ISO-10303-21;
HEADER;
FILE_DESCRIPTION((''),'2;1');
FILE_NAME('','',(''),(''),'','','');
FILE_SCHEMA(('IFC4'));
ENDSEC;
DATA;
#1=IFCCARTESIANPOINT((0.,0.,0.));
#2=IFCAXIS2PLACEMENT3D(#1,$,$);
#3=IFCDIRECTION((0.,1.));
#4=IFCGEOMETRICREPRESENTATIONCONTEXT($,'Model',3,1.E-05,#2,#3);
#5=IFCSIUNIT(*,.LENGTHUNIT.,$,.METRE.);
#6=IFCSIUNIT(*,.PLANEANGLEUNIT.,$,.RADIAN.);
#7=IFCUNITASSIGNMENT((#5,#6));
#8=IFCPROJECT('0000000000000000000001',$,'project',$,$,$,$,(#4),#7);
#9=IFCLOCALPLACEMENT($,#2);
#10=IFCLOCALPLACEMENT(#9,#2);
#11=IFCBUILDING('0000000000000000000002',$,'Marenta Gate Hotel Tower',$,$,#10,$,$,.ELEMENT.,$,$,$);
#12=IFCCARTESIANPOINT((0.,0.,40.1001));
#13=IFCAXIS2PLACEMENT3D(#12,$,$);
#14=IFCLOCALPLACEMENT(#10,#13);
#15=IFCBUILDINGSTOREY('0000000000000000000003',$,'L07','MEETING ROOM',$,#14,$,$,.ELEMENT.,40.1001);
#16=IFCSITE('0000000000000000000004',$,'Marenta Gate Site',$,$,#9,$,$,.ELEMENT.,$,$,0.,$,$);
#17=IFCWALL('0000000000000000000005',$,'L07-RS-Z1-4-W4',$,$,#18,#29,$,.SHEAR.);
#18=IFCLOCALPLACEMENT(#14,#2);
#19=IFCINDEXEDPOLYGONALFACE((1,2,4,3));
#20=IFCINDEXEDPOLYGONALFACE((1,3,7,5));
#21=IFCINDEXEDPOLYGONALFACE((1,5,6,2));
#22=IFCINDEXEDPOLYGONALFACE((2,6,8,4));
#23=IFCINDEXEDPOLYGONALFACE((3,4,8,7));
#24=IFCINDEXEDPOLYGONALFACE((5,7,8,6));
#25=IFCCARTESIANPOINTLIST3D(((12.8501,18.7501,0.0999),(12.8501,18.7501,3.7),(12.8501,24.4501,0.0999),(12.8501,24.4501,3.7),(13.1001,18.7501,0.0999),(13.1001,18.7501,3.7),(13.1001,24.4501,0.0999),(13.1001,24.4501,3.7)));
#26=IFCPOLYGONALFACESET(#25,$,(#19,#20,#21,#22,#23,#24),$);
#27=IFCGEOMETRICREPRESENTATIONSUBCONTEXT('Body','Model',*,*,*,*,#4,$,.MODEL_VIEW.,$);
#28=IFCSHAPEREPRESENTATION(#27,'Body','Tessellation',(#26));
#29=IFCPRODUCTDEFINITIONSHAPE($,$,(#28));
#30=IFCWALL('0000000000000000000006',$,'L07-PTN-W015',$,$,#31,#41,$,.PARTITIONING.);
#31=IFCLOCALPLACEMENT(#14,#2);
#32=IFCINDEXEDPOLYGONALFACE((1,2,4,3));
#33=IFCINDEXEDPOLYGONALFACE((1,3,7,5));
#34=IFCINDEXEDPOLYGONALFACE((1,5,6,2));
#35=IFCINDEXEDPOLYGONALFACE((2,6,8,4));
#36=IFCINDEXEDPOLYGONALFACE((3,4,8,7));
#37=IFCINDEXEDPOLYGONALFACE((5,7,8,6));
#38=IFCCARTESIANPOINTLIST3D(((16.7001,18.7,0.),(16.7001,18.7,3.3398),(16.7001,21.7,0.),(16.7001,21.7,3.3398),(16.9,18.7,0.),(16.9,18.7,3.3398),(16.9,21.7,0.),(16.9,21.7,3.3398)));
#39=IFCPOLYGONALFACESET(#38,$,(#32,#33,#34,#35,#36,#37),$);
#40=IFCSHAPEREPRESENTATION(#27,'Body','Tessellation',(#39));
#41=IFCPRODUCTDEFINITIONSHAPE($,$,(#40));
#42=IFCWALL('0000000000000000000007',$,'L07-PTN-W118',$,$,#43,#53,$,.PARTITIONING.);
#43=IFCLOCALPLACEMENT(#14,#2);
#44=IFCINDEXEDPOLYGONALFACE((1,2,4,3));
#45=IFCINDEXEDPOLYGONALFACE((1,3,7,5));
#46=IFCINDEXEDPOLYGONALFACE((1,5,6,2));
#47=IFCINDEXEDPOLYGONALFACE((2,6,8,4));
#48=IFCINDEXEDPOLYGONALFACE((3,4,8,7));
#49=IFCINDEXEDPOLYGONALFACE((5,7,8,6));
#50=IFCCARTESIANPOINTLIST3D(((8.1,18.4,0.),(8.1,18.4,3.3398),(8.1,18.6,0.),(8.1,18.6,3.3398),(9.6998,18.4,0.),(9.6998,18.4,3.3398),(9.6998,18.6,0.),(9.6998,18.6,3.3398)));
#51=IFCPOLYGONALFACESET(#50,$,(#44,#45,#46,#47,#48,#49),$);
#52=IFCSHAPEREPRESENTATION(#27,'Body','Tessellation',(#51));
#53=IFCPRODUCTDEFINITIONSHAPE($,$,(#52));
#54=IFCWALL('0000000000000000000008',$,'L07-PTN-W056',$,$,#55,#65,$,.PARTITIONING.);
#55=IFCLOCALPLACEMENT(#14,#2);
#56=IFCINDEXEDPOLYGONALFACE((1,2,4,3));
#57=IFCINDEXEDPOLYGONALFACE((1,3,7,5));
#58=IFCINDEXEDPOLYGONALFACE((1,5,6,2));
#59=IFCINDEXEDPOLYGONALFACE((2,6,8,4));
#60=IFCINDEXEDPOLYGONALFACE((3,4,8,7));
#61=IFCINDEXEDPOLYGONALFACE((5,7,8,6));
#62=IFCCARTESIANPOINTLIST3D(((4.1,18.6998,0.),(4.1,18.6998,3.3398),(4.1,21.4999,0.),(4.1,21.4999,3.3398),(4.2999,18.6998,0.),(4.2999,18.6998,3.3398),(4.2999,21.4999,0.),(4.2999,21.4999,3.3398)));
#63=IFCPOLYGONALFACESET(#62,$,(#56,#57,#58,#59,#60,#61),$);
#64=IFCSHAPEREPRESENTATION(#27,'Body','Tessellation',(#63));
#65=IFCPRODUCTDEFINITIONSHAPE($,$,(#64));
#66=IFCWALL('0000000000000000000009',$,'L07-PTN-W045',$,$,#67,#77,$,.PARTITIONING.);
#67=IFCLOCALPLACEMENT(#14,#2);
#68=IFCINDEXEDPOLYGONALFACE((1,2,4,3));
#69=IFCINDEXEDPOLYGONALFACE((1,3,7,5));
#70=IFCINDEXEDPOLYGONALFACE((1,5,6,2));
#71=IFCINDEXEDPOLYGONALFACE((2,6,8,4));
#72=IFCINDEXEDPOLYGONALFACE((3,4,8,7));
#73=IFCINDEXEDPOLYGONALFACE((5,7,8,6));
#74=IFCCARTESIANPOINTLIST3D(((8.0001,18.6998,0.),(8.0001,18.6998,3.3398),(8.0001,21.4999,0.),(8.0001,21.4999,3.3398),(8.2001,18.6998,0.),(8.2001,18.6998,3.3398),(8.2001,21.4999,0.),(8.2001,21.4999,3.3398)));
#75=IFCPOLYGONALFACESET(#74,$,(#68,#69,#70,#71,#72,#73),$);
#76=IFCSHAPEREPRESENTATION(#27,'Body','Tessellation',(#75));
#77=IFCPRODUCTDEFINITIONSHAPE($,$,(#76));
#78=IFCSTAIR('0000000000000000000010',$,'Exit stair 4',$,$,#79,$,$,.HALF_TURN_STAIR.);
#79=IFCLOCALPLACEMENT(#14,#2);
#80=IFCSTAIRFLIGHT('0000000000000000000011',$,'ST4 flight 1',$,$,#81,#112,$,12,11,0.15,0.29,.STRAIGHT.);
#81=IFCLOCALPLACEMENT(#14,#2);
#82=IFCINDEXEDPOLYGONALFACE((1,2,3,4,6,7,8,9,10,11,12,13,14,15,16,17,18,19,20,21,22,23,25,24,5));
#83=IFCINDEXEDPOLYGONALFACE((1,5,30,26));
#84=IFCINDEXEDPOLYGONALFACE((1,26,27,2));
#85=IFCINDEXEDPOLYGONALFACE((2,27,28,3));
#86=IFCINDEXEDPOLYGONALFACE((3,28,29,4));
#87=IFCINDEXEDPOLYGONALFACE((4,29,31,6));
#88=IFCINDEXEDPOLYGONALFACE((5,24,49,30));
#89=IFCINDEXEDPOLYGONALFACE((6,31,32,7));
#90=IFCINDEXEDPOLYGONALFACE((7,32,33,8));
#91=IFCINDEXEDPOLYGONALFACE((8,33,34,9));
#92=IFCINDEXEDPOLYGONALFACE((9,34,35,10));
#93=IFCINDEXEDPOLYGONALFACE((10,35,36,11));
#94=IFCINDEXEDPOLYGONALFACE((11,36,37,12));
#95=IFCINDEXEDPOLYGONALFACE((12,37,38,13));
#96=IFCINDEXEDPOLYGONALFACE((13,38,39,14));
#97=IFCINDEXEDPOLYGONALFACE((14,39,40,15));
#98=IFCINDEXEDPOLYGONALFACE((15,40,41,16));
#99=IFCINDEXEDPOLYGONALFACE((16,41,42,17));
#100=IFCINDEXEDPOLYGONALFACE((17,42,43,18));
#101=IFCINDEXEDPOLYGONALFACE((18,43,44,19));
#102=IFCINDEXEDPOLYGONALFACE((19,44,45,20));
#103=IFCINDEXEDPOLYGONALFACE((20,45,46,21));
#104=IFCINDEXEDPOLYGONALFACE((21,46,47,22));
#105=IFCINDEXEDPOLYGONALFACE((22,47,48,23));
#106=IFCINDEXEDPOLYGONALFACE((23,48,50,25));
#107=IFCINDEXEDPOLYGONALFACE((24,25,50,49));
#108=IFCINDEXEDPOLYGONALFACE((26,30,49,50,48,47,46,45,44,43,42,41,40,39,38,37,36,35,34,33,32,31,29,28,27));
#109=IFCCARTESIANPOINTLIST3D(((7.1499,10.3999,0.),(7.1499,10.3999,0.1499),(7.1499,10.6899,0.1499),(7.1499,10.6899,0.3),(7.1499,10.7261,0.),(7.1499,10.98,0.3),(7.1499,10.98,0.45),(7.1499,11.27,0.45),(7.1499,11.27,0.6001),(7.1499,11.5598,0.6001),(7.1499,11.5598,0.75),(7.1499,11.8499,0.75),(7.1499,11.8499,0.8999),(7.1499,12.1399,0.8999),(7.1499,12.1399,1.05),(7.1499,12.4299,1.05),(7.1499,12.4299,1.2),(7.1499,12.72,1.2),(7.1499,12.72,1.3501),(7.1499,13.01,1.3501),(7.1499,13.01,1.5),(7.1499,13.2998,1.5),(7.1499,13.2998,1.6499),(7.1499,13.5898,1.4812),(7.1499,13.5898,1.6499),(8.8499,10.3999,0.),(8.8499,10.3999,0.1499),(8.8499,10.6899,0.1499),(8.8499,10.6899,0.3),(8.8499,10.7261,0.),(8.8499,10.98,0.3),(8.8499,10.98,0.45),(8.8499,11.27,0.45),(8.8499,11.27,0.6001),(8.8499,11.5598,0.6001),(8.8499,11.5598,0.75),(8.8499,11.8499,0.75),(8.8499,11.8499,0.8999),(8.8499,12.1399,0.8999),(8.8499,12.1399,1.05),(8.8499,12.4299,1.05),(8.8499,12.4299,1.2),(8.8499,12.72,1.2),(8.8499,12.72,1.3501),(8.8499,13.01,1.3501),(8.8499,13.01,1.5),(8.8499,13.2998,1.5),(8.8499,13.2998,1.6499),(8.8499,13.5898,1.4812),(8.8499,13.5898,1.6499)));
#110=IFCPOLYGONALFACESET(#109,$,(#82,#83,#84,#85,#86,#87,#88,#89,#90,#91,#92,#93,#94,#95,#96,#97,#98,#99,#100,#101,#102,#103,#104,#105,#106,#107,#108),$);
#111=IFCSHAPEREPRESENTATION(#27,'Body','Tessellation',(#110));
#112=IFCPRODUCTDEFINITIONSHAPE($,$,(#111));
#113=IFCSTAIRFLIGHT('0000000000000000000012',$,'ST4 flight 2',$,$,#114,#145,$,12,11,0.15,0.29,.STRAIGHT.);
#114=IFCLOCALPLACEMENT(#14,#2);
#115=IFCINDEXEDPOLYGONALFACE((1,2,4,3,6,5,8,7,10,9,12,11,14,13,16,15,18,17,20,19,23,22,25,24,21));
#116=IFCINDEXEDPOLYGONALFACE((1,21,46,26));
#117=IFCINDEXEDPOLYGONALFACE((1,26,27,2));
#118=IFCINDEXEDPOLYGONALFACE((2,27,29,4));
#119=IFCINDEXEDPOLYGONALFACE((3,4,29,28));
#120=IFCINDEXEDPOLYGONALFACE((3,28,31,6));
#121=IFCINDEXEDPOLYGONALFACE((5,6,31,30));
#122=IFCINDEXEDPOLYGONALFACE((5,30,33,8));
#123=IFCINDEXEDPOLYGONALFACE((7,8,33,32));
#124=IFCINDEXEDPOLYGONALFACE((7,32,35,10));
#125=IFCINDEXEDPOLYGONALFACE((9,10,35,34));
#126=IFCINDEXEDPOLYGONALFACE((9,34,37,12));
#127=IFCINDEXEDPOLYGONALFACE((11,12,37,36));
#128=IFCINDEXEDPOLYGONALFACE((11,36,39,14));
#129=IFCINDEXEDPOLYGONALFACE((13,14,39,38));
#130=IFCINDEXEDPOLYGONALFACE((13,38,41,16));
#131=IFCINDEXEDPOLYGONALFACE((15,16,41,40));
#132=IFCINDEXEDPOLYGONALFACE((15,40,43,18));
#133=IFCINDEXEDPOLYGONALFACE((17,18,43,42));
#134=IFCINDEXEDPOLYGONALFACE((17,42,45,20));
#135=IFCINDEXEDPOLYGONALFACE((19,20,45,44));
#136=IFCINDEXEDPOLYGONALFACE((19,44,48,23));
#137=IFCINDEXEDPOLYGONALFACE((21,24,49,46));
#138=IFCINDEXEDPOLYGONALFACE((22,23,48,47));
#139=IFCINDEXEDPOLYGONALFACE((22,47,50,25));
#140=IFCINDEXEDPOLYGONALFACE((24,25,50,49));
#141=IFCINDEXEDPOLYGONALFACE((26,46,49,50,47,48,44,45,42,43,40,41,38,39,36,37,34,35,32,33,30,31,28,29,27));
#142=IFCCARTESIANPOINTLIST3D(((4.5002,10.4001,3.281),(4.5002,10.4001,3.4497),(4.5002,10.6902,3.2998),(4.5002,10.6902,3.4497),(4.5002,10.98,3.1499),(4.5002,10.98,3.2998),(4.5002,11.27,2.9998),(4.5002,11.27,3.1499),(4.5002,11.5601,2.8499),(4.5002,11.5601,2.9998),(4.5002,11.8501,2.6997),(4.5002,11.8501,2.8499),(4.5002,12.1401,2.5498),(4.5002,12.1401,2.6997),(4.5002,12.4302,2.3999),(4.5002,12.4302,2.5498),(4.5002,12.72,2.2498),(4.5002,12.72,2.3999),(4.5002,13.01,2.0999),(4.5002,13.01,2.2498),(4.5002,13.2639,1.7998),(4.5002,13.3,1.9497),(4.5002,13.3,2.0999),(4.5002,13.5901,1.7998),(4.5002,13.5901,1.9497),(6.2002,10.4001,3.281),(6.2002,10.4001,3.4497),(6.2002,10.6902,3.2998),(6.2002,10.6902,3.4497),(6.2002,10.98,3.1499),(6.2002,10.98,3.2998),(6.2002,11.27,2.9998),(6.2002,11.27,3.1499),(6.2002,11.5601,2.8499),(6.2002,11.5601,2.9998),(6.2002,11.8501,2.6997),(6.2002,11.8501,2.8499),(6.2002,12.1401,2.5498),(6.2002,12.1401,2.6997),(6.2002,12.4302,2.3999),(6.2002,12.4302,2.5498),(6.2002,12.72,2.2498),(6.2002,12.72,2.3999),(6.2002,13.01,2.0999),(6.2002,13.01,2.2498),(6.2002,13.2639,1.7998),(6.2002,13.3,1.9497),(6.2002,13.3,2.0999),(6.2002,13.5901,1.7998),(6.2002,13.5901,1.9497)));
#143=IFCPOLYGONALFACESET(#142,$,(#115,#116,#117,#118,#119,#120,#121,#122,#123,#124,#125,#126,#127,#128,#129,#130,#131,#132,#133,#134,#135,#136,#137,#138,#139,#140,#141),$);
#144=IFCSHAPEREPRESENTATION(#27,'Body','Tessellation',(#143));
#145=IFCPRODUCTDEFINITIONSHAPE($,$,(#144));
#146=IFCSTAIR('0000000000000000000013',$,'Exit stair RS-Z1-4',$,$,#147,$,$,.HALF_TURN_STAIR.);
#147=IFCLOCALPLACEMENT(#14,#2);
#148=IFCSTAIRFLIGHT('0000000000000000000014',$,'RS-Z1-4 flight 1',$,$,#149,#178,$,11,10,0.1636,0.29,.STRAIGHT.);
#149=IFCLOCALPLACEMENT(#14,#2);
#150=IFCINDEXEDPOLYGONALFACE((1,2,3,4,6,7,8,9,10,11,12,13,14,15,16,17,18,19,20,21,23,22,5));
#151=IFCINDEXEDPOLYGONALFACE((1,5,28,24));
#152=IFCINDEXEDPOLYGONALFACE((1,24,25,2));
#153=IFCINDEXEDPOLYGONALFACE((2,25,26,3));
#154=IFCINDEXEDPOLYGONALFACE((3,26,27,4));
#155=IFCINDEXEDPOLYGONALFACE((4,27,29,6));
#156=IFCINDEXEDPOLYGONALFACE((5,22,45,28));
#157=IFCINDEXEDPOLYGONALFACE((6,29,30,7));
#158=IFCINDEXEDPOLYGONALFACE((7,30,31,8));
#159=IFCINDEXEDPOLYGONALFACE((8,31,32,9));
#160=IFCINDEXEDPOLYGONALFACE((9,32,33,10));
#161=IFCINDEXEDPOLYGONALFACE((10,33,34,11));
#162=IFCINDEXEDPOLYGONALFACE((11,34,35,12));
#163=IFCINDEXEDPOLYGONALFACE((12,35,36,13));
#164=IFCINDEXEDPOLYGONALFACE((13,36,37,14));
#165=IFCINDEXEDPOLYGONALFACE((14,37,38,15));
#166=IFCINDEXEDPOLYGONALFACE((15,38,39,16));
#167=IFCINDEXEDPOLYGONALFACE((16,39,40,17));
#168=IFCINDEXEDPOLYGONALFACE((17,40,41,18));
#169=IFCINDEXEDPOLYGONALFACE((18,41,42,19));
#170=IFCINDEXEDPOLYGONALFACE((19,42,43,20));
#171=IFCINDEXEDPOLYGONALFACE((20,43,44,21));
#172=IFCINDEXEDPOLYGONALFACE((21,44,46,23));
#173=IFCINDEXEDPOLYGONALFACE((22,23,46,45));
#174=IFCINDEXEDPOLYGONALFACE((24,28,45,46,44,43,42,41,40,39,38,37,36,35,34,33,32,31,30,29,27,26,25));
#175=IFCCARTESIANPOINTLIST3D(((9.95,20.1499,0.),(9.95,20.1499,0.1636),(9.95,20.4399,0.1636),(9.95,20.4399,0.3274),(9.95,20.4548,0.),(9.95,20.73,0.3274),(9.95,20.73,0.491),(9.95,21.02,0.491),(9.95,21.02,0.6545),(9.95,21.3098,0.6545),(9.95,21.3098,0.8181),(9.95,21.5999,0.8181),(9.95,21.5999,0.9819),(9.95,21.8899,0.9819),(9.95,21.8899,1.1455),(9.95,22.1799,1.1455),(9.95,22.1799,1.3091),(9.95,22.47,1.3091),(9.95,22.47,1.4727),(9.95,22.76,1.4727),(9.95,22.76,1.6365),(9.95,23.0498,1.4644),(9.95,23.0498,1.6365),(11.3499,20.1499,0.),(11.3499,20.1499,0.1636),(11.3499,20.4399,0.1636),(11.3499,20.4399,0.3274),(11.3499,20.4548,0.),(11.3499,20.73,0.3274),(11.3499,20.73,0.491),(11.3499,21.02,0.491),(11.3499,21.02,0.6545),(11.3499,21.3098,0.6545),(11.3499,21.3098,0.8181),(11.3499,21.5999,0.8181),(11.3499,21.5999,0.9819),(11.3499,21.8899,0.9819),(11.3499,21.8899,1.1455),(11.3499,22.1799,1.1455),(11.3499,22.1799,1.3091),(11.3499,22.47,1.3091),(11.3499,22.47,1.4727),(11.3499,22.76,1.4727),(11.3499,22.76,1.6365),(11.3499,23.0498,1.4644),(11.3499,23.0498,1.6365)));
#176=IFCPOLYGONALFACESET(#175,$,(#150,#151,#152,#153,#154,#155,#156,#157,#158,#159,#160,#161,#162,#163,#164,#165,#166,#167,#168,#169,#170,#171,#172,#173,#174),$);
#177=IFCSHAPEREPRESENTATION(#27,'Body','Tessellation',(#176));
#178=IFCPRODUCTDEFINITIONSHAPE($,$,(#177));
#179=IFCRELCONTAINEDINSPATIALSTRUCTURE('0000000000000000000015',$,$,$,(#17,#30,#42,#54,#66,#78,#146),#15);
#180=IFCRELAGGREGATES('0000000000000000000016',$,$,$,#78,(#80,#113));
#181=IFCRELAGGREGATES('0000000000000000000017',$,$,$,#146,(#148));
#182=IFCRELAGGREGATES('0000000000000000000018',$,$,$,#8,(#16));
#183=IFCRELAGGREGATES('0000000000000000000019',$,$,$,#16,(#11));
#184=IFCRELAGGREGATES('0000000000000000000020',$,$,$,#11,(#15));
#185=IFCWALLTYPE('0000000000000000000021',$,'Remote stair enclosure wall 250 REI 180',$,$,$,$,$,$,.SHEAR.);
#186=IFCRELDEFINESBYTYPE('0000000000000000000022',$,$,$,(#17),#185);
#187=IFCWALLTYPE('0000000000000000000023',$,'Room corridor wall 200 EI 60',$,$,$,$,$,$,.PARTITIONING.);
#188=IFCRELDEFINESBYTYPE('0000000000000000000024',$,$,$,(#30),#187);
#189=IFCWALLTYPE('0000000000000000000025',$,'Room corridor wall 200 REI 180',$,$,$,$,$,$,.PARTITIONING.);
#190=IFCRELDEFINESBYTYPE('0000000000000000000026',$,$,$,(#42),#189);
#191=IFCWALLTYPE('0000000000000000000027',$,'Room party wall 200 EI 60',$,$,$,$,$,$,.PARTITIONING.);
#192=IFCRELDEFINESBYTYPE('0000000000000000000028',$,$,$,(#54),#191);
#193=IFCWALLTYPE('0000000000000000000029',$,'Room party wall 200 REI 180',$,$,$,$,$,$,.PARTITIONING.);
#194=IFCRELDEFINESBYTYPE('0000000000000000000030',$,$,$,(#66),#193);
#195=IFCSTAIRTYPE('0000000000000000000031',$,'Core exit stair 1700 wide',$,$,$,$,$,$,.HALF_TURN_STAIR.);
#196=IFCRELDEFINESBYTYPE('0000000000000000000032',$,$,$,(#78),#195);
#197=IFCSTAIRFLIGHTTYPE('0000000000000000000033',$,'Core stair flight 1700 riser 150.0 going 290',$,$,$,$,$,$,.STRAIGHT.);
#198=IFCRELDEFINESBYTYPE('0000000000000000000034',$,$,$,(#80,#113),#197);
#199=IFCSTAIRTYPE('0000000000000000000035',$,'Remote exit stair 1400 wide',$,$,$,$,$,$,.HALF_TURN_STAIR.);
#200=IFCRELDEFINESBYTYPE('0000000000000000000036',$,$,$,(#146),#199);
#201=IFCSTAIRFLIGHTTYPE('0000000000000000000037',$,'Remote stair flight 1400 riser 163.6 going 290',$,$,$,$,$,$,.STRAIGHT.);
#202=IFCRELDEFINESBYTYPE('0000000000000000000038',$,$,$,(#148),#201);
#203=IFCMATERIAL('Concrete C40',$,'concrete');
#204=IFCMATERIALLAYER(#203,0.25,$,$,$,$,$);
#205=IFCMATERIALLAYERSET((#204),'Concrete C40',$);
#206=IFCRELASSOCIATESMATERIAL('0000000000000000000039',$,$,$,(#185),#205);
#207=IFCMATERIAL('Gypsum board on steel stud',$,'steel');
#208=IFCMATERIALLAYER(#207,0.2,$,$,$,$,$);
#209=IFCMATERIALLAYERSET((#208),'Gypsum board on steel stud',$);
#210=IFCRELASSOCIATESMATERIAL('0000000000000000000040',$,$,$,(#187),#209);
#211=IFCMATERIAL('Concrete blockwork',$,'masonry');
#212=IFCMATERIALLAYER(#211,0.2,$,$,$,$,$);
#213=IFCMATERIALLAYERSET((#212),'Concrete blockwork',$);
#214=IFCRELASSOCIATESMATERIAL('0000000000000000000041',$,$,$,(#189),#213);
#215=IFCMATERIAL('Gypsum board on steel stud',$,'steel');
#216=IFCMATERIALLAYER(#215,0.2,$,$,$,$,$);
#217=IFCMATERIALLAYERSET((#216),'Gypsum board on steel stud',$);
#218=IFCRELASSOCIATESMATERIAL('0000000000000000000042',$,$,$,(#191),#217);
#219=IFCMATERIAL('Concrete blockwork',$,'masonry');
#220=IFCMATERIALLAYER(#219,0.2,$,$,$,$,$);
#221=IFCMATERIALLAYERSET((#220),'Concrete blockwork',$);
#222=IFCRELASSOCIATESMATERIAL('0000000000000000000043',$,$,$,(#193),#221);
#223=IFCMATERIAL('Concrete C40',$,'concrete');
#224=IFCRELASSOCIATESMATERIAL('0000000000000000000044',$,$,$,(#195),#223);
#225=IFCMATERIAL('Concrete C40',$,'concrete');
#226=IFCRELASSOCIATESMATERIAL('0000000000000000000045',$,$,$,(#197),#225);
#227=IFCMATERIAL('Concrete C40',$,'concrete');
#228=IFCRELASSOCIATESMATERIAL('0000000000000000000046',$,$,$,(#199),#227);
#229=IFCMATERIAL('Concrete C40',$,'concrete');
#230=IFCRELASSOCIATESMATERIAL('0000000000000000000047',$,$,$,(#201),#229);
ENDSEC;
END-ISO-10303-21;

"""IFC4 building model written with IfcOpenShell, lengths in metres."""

from ifc_helpers import new_model, si_unit, direction, frame, frame_2d, origin, place, context, subcontext, project, spatial, polyline, rectangle, outline, extrude, material, layer, layer_set, type_object, element, aggregate, save


model = new_model("IFC4")

# Units and contexts
model_context = context("Model", 3, precision=1e-05, world=origin(), true_north=direction((0.0, 1.0)))
body_context = subcontext(model_context, "Body", "Model", "MODEL_VIEW")
ifc_project = project(units=[si_unit("LENGTHUNIT", "METRE"), si_unit("PLANEANGLEUNIT", "RADIAN")], contexts=[model_context])

# Site, building, storey
site_placement = place(None, origin())
site = spatial("IfcSite", under=ifc_project, at=site_placement, Name="Marenta Gate Site", CompositionType="ELEMENT", RefElevation=0.0)
building_placement = place(site_placement, origin())
building = spatial("IfcBuilding", under=site, at=building_placement, Name="Marenta Gate Hotel Tower", CompositionType="ELEMENT")
storey_placement = place(building_placement, frame((0.0, 0.0, 40.1001)))
storey = spatial("IfcBuildingStorey", under=building, at=storey_placement, Name="L07", Description="MEETING ROOM", CompositionType="ELEMENT", Elevation=40.1001)

# Shared definitions
ifc_material_1 = material(Name="Concrete C40", Category="concrete")
ifc_layer_1 = layer(ifc_material_1, 0.25)
ifc_layer_set_1 = layer_set([ifc_layer_1], Name="Concrete C40")
wall_type_1 = type_object("IfcWallType", Name="Remote stair enclosure wall 250 REI 180", PredefinedType="SHEAR", material=ifc_layer_set_1)

# Walls
wall_1_placement = place(storey_placement, frame((12.9751, 18.75, 0.0999), z_axis=(0.0, 0.0, 1.0), x_axis=(0.0, 1.0, 0.0)))
element("IfcWall", 1, at=wall_1_placement, inside=storey, type_object=wall_type_1, Name="L07-RS-Z1-4-W4", PredefinedType="SHEAR", context=body_context, shape_type="SweptSolid", body=[
    extrude(rectangle(XDim=5.7, YDim=0.25, at=frame_2d((2.8501, 0.0))), origin(), (0.0, 0.0, 1.0), 3.6001),
])
ifc_material_2 = material(Name="Gypsum board on steel stud", Category="steel")
ifc_layer_2 = layer(ifc_material_2, 0.2)
ifc_layer_set_2 = layer_set([ifc_layer_2], Name="Gypsum board on steel stud")
wall_type_2 = type_object("IfcWallType", Name="Room corridor wall 200 EI 60", PredefinedType="PARTITIONING", material=ifc_layer_set_2)
wall_2_placement = place(storey_placement, frame((16.8, 18.7, 0.0), z_axis=(0.0, 0.0, 1.0), x_axis=(0.0, 1.0, 0.0)))
element("IfcWall", 2, at=wall_2_placement, inside=storey, type_object=wall_type_2, Name="L07-PTN-W015", PredefinedType="PARTITIONING", context=body_context, shape_type="SweptSolid", body=[
    extrude(rectangle(XDim=3.0, YDim=0.2, at=frame_2d((1.5, 0.0))), origin(), (0.0, 0.0, 1.0), 3.3398),
])

# Walls
ifc_material_3 = material(Name="Concrete blockwork", Category="masonry")
ifc_layer_3 = layer(ifc_material_3, 0.2)
ifc_layer_set_3 = layer_set([ifc_layer_3], Name="Concrete blockwork")
wall_type_3 = type_object("IfcWallType", Name="Room corridor wall 200 REI 180", PredefinedType="PARTITIONING", material=ifc_layer_set_3)
wall_3_placement = place(storey_placement, frame((8.1001, 18.5, 0.0), z_axis=(0.0, 0.0, 1.0), x_axis=(1.0, 0.0, 0.0)))
element("IfcWall", 3, at=wall_3_placement, inside=storey, type_object=wall_type_3, Name="L07-PTN-W118", PredefinedType="PARTITIONING", context=body_context, shape_type="SweptSolid", body=[
    extrude(rectangle(XDim=1.5999, YDim=0.2, at=frame_2d((0.7998, 0.0))), origin(), (0.0, 0.0, 1.0), 3.3398),
])
ifc_material_4 = material(Name="Gypsum board on steel stud", Category="steel")
ifc_layer_4 = layer(ifc_material_4, 0.2)
ifc_layer_set_4 = layer_set([ifc_layer_4], Name="Gypsum board on steel stud")
wall_type_4 = type_object("IfcWallType", Name="Room party wall 200 EI 60", PredefinedType="PARTITIONING", material=ifc_layer_set_4)
wall_4_placement = place(storey_placement, frame((4.2, 18.7, 0.0), z_axis=(0.0, 0.0, 1.0), x_axis=(0.0, 1.0, 0.0)))
element("IfcWall", 4, at=wall_4_placement, inside=storey, type_object=wall_type_4, Name="L07-PTN-W056", PredefinedType="PARTITIONING", context=body_context, shape_type="SweptSolid", body=[
    extrude(rectangle(XDim=2.8, YDim=0.2, at=frame_2d((1.3999, 0.0))), origin(), (0.0, 0.0, 1.0), 3.3398),
])
ifc_material_5 = material(Name="Concrete blockwork", Category="masonry")
ifc_layer_5 = layer(ifc_material_5, 0.2)
ifc_layer_set_5 = layer_set([ifc_layer_5], Name="Concrete blockwork")
wall_type_5 = type_object("IfcWallType", Name="Room party wall 200 REI 180", PredefinedType="PARTITIONING", material=ifc_layer_set_5)
wall_5_placement = place(storey_placement, frame((8.1001, 18.7, 0.0), z_axis=(0.0, 0.0, 1.0), x_axis=(0.0, 1.0, 0.0)))
element("IfcWall", 5, at=wall_5_placement, inside=storey, type_object=wall_type_5, Name="L07-PTN-W045", PredefinedType="PARTITIONING", context=body_context, shape_type="SweptSolid", body=[
    extrude(rectangle(XDim=2.8, YDim=0.2, at=frame_2d((1.3999, 0.0))), origin(), (0.0, 0.0, 1.0), 3.3398),
])

# Stair, stair flights
ifc_material_6 = material(Name="Concrete C40", Category="concrete")
stair_type_1 = type_object("IfcStairType", Name="Core exit stair 1700 wide", PredefinedType="HALF_TURN_STAIR", material=ifc_material_6)
stair_1_placement = place(storey_placement, origin())
stair_1 = element("IfcStair", 6, at=stair_1_placement, inside=storey, type_object=stair_type_1, Name="Exit stair 4", PredefinedType="HALF_TURN_STAIR")
ifc_material_7 = material(Name="Concrete C40", Category="concrete")
stair_flight_type_1 = type_object("IfcStairFlightType", Name="Core stair flight 1700 riser 150.0 going 290", PredefinedType="STRAIGHT", material=ifc_material_7)
stair_flight_1_placement = place(storey_placement, frame((8.0, 10.3999, 0.0), z_axis=(0.0, 0.0, 1.0), x_axis=(0.0, 1.0, 0.0)))
stair_flight_1 = element("IfcStairFlight", 7, at=stair_flight_1_placement, type_object=stair_flight_type_1, Name="ST4 flight 1", NumberOfRisers=12, NumberOfTreads=11, PredefinedType="STRAIGHT", RiserHeight=0.15, TreadLength=0.29, context=body_context, shape_type="SweptSolid", body=[
    extrude(outline(polyline([(0.0, 0.0), (0.0, 0.1499), (0.29, 0.1499), (0.29, 0.3), (0.5801, 0.3), (0.5801, 0.45), (0.8701, 0.45), (0.8701, 0.6001), (1.1599, 0.6001), (1.1599, 0.75), (1.45, 0.75), (1.45, 0.8999), (1.74, 0.8999), (1.74, 1.05), (2.03, 1.05), (2.03, 1.2), (2.3201, 1.2), (2.3201, 1.3501), (2.6101, 1.3501), (2.6101, 1.5), (2.8999, 1.5), (2.8999, 1.6499), (3.1899, 1.6499), (3.1899, 1.8), (3.1899, 1.4812), (0.3262, 0.0), (0.0, 0.0)])), frame((0.0, 0.8501, 0.0), z_axis=(0.0, -1.0, 0.0), x_axis=(1.0, 0.0, 0.0)), (0.0, 0.0, 1.0), 1.7),
])
stair_flight_2_placement = place(storey_placement, frame((5.3501, 13.5901, 1.7998), z_axis=(0.0, 0.0, 1.0), x_axis=(0.0, -1.0, 0.0)))
stair_flight_2 = element("IfcStairFlight", 8, at=stair_flight_2_placement, type_object=stair_flight_type_1, Name="ST4 flight 2", NumberOfRisers=12, NumberOfTreads=11, PredefinedType="STRAIGHT", RiserHeight=0.15, TreadLength=0.29, context=body_context, shape_type="SweptSolid", body=[
    extrude(outline(polyline([(0.0, 0.0), (0.0, 0.1499), (0.29, 0.1499), (0.29, 0.3), (0.5801, 0.3), (0.5801, 0.45), (0.8701, 0.45), (0.8701, 0.6001), (1.1599, 0.6001), (1.1599, 0.75), (1.45, 0.75), (1.45, 0.8999), (1.74, 0.8999), (1.74, 1.05), (2.03, 1.05), (2.03, 1.2), (2.3201, 1.2), (2.3201, 1.3501), (2.6101, 1.3501), (2.6101, 1.5), (2.8999, 1.5), (2.8999, 1.6499), (3.1899, 1.6499), (3.1899, 1.8), (3.1899, 1.4812), (0.3262, 0.0), (0.0, 0.0)])), frame((0.0, 0.8501, 0.0), z_axis=(0.0, -1.0, 0.0), x_axis=(1.0, 0.0, 0.0)), (0.0, 0.0, 1.0), 1.7),
])
aggregate(stair_1, [stair_flight_1, stair_flight_2])

# Stair, stair flight
ifc_material_8 = material(Name="Concrete C40", Category="concrete")
stair_type_2 = type_object("IfcStairType", Name="Remote exit stair 1400 wide", PredefinedType="HALF_TURN_STAIR", material=ifc_material_8)
stair_2_placement = place(storey_placement, origin())
stair_2 = element("IfcStair", 9, at=stair_2_placement, inside=storey, type_object=stair_type_2, Name="Exit stair RS-Z1-4", PredefinedType="HALF_TURN_STAIR")
ifc_material_9 = material(Name="Concrete C40", Category="concrete")
stair_flight_type_2 = type_object("IfcStairFlightType", Name="Remote stair flight 1400 riser 163.6 going 290", PredefinedType="STRAIGHT", material=ifc_material_9)
stair_flight_3_placement = place(storey_placement, frame((10.6499, 20.1499, 0.0), z_axis=(0.0, 0.0, 1.0), x_axis=(0.0, 1.0, 0.0)))
stair_flight_3 = element("IfcStairFlight", 10, at=stair_flight_3_placement, type_object=stair_flight_type_2, Name="RS-Z1-4 flight 1", NumberOfRisers=11, NumberOfTreads=10, PredefinedType="STRAIGHT", RiserHeight=0.1636, TreadLength=0.29, context=body_context, shape_type="SweptSolid", body=[
    extrude(outline(polyline([(0.0, 0.0), (0.0, 0.1636), (0.29, 0.1636), (0.29, 0.3274), (0.5801, 0.3274), (0.5801, 0.491), (0.8701, 0.491), (0.8701, 0.6545), (1.1599, 0.6545), (1.1599, 0.8181), (1.45, 0.8181), (1.45, 0.9819), (1.74, 0.9819), (1.74, 1.1455), (2.03, 1.1455), (2.03, 1.3091), (2.3201, 1.3091), (2.3201, 1.4727), (2.6101, 1.4727), (2.6101, 1.6365), (2.8999, 1.6365), (2.8999, 1.8), (2.8999, 1.4644), (0.3049, 0.0), (0.0, 0.0)])), frame((0.0, 0.7, 0.0), z_axis=(0.0, -1.0, 0.0), x_axis=(1.0, 0.0, 0.0)), (0.0, 0.0, 1.0), 1.3999),
])
aggregate(stair_2, [stair_flight_3])

save(model, "model.ifc")
